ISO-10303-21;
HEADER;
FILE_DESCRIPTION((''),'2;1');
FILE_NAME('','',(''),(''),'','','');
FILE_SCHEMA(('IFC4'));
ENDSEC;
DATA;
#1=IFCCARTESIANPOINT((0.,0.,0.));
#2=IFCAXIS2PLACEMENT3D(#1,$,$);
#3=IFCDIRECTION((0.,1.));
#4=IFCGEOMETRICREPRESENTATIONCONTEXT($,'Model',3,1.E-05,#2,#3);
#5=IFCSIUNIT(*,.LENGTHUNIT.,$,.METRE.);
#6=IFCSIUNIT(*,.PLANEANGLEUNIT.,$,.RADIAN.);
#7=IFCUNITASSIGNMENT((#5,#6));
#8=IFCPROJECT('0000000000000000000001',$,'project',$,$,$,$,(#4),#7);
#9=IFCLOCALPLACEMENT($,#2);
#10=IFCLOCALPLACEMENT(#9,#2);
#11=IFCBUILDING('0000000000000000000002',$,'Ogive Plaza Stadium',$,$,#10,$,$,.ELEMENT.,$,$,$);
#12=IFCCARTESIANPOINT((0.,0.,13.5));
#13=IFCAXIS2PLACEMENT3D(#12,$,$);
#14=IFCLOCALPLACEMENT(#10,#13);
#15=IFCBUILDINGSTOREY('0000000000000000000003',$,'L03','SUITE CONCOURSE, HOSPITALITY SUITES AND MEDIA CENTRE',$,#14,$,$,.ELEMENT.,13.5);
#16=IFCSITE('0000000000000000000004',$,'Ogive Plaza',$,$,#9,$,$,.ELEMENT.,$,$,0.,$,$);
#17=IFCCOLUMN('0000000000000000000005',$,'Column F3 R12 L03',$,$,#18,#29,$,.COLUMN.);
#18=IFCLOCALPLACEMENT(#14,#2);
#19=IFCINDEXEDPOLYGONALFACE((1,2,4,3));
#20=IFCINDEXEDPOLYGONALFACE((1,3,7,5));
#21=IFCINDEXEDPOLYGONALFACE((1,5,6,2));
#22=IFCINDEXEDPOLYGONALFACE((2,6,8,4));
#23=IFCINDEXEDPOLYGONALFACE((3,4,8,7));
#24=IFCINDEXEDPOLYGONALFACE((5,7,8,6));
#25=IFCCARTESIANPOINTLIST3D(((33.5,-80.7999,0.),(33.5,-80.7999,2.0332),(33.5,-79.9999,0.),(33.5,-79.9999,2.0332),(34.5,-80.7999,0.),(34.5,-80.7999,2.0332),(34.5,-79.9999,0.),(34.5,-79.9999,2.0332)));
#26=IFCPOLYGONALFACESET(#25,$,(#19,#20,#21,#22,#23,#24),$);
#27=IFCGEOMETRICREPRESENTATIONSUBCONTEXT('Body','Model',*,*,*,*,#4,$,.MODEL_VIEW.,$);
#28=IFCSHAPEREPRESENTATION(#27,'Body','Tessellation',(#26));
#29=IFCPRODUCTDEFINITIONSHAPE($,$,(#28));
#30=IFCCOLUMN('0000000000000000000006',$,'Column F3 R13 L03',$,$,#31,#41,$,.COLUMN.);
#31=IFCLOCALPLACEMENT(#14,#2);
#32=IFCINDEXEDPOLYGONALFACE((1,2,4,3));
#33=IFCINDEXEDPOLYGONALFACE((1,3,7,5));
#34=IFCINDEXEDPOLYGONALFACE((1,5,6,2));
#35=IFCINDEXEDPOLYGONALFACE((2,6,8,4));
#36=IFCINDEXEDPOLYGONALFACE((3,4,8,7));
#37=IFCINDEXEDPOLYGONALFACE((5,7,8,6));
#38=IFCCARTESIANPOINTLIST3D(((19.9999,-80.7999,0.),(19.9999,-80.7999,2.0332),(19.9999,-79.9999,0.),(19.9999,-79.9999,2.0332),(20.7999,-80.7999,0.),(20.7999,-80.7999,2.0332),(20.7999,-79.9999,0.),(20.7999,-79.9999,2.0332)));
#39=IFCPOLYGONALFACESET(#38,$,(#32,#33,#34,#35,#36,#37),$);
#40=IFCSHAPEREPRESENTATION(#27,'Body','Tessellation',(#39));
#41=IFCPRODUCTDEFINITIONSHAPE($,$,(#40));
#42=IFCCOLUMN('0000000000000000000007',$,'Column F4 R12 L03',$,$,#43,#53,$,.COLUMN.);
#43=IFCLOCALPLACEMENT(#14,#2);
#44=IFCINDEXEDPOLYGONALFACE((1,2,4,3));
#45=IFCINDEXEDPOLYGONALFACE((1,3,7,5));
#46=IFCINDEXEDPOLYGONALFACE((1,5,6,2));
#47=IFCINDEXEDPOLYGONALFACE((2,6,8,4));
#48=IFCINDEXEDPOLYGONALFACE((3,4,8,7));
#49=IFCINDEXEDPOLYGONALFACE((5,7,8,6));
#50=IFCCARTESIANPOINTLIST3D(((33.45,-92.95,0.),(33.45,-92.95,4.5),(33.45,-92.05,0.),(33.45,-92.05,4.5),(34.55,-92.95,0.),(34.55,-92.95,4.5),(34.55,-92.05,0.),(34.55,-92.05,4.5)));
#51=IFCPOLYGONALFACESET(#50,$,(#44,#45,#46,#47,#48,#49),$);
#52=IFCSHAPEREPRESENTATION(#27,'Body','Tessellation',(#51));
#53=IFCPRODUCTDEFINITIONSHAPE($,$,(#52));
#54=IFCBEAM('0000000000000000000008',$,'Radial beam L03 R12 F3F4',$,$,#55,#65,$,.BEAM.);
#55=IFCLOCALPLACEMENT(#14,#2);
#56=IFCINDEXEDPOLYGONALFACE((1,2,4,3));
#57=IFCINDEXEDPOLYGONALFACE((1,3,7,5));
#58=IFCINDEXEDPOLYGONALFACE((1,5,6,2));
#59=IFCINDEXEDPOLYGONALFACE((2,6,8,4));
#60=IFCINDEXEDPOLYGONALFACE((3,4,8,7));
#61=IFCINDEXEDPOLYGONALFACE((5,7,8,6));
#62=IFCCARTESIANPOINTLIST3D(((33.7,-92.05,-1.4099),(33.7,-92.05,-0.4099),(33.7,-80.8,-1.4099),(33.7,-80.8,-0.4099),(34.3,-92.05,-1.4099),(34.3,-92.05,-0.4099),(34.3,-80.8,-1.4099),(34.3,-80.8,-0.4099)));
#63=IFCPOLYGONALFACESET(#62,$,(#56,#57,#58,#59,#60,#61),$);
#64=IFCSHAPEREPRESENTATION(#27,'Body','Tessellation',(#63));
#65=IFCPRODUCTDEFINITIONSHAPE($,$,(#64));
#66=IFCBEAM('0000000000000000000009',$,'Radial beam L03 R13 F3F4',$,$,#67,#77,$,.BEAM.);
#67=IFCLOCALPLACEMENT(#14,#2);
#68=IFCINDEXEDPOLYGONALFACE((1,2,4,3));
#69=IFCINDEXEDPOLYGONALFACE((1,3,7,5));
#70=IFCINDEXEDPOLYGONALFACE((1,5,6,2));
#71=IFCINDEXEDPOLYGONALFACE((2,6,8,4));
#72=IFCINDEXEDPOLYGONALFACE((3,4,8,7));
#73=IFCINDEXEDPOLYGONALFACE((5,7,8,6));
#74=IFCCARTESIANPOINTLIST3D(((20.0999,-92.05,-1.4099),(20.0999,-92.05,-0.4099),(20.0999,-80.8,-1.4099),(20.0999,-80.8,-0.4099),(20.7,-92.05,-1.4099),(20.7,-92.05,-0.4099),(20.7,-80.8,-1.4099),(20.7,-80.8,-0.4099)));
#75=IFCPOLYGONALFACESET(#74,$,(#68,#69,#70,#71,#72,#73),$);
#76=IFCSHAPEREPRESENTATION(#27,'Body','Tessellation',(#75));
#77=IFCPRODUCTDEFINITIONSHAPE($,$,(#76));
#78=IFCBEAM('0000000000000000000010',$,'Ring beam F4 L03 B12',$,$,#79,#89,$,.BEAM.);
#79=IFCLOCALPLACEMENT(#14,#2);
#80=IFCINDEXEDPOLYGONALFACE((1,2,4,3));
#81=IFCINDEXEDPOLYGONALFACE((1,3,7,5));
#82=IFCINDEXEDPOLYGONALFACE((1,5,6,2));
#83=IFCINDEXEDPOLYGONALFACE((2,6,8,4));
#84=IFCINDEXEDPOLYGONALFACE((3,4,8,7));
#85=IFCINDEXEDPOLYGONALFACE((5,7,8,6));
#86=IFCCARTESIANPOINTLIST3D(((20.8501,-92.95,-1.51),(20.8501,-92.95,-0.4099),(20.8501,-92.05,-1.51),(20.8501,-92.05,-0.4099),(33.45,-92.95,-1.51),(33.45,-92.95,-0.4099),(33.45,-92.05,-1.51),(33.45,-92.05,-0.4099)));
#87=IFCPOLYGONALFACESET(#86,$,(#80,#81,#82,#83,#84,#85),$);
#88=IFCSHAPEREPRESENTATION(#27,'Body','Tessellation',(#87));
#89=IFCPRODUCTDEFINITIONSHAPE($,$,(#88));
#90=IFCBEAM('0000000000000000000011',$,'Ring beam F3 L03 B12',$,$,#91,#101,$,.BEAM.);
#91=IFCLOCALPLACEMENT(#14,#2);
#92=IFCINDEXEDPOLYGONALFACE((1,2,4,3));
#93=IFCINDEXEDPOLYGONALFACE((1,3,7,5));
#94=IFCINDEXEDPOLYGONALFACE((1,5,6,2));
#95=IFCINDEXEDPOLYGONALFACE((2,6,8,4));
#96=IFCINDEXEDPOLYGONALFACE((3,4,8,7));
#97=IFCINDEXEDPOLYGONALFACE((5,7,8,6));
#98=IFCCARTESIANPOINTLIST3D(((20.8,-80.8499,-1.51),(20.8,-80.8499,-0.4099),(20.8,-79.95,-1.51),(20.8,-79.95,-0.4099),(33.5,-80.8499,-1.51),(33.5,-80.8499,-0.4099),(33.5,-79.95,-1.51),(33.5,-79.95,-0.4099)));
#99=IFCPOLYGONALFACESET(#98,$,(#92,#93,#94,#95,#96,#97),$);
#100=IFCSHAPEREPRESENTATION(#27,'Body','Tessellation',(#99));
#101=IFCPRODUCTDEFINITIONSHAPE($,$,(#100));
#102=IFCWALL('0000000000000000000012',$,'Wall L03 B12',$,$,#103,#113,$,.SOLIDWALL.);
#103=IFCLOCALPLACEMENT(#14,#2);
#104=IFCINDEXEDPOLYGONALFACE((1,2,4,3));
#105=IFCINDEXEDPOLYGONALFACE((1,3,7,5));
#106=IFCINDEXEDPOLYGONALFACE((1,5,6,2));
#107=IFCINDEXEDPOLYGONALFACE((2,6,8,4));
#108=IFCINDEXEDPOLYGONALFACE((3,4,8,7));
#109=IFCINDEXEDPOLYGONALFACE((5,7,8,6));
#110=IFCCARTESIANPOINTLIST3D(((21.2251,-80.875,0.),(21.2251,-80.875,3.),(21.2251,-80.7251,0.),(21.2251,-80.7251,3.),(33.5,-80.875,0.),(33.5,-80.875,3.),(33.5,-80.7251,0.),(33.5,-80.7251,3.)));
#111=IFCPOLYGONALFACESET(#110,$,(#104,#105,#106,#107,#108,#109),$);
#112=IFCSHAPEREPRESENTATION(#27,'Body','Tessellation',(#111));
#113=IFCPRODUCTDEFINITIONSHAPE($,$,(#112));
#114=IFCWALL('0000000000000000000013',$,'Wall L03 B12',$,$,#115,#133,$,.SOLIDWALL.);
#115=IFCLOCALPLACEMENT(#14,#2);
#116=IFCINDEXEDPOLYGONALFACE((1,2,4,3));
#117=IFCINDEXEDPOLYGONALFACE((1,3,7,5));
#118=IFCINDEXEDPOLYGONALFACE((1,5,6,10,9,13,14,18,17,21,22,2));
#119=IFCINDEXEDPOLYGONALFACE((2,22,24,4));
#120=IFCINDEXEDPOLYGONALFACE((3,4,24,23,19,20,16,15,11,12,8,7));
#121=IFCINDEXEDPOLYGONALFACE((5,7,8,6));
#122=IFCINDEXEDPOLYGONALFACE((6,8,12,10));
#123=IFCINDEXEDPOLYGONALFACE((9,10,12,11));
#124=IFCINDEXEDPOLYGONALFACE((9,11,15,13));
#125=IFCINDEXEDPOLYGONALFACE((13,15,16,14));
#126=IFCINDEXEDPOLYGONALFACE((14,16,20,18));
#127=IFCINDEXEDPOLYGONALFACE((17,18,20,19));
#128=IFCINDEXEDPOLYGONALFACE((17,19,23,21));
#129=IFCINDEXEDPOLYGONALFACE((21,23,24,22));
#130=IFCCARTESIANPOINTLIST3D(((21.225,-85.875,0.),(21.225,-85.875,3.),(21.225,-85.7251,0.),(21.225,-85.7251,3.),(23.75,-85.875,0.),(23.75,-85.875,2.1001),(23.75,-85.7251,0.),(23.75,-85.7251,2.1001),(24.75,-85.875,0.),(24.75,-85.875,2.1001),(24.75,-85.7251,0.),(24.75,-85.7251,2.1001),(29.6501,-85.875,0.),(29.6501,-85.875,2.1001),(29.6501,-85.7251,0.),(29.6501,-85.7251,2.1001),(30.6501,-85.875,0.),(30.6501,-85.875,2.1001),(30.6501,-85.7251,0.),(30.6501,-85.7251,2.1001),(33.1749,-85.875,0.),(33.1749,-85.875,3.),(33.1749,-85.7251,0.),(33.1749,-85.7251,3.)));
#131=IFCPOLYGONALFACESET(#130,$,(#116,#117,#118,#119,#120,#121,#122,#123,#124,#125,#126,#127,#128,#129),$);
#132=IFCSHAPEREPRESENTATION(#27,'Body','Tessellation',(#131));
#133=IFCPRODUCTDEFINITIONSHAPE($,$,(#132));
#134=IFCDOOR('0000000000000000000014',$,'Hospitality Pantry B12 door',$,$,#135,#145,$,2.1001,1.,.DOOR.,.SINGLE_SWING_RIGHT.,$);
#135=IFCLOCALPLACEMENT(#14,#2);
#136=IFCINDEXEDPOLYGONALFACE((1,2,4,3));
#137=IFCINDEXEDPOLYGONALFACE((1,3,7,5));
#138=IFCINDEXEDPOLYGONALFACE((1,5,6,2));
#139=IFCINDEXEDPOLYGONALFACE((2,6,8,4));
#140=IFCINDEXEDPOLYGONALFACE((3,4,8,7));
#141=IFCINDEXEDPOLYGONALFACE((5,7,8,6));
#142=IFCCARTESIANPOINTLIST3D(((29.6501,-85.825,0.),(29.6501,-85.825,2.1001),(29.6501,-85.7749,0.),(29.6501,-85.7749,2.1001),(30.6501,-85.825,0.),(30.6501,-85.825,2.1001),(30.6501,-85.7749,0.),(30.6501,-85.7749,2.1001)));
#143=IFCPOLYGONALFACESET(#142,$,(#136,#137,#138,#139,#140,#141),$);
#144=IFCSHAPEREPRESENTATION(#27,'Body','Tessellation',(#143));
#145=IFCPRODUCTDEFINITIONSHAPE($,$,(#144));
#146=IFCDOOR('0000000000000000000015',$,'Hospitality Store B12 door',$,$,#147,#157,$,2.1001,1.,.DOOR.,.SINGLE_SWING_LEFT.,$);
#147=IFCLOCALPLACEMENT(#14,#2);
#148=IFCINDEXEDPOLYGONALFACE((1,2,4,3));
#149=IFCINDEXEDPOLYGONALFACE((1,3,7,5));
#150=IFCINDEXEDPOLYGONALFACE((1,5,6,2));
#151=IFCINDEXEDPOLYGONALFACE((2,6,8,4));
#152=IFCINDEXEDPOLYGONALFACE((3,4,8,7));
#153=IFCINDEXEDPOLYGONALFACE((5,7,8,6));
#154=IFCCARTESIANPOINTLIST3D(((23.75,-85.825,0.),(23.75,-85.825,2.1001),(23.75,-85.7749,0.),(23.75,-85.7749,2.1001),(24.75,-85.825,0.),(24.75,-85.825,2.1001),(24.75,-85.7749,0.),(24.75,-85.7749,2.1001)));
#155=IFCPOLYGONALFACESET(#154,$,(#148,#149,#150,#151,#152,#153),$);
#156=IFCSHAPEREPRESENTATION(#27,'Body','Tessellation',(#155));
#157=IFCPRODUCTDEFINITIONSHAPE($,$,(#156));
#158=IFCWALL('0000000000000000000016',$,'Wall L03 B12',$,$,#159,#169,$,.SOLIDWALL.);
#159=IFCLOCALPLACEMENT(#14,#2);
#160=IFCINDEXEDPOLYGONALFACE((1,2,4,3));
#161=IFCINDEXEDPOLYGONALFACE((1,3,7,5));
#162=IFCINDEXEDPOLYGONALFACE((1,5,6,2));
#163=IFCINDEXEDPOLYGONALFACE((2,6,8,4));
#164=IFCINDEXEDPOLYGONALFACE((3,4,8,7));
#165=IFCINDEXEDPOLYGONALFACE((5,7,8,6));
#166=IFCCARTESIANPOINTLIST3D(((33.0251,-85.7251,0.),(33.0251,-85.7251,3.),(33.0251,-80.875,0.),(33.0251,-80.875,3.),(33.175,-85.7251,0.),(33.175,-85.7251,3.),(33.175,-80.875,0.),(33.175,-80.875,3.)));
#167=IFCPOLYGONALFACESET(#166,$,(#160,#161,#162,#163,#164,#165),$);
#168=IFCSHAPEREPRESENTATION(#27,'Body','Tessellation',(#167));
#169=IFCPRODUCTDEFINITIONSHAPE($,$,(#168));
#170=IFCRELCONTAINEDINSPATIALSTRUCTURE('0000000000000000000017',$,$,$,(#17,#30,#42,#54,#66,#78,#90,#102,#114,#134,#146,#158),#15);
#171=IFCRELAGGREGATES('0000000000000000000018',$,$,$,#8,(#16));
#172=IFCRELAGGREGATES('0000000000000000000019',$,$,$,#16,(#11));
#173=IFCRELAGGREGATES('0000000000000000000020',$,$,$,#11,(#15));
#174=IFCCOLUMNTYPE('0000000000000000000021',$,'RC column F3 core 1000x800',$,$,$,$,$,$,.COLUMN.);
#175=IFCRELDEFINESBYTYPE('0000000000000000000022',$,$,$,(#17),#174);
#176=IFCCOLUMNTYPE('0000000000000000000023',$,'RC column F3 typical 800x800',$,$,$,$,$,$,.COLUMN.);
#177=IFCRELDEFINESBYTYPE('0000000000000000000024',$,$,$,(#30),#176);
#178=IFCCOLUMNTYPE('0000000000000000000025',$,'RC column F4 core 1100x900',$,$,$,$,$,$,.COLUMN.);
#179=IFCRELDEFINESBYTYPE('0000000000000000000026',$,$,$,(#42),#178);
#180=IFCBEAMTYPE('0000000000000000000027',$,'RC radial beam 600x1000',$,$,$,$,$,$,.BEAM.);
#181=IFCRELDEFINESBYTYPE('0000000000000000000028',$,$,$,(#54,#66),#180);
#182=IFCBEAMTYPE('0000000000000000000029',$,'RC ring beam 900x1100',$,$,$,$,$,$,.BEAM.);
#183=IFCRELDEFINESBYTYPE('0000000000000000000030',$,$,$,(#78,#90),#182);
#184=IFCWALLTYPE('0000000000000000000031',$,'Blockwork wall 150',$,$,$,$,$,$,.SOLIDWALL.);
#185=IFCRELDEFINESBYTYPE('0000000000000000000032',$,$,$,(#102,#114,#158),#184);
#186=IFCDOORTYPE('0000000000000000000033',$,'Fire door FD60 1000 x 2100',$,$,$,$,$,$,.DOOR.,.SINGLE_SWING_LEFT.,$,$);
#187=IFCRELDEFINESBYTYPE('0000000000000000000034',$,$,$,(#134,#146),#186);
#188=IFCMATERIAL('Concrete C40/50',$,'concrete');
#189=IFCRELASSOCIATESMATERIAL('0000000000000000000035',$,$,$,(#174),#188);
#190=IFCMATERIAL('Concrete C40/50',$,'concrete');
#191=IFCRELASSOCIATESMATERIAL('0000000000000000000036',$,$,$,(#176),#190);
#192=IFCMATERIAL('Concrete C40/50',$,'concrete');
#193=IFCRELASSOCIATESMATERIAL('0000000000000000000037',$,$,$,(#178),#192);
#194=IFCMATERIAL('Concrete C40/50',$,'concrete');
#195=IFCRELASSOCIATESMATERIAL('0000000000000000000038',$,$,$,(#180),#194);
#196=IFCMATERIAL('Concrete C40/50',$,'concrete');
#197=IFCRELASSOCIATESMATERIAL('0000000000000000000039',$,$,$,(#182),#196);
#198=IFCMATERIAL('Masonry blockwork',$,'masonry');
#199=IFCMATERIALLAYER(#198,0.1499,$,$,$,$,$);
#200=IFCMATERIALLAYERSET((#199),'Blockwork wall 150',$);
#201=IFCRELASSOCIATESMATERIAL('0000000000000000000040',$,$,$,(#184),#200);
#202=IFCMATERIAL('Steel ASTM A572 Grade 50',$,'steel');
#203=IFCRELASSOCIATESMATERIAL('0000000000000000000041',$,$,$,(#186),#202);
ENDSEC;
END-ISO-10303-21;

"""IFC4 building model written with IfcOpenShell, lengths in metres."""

from ifc_helpers import new_model, si_unit, direction, frame, frame_2d, origin, origin_2d, place, context, subcontext, project, spatial, rectangle, extrude, material, layer, layer_set, material_profile, profile_set, type_object, element, fill, save


model = new_model("IFC4")

# Units and contexts
model_context = context("Model", 3, precision=1e-05, world=origin(), true_north=direction((0.0, 1.0)))
body_context = subcontext(model_context, "Body", "Model", "MODEL_VIEW")
ifc_project = project(units=[si_unit("LENGTHUNIT", "METRE"), si_unit("PLANEANGLEUNIT", "RADIAN")], contexts=[model_context])

# Site, building, storey
site_placement = place(None, origin())
site = spatial("IfcSite", under=ifc_project, at=site_placement, Name="Ogive Plaza", CompositionType="ELEMENT", RefElevation=0.0)
building_placement = place(site_placement, origin())
building = spatial("IfcBuilding", under=site, at=building_placement, Name="Ogive Plaza Stadium", CompositionType="ELEMENT")
storey_placement = place(building_placement, frame((0.0, 0.0, 13.5)))
storey = spatial("IfcBuildingStorey", under=building, at=storey_placement, Name="L03", Description="SUITE CONCOURSE, HOSPITALITY SUITES AND MEDIA CENTRE", CompositionType="ELEMENT", Elevation=13.5)

# Columns
ifc_material_1 = material(Name="Concrete C40/50", Category="concrete")
ifc_material_profile_1 = material_profile(ifc_material_1, rectangle(XDim=1.0, YDim=0.8, at=origin_2d()), Name="RC 1000x800")
ifc_profile_set_1 = profile_set([ifc_material_profile_1], Name="Concrete C40/50")
column_type_1 = type_object("IfcColumnType", Name="RC column F3 core 1000x800", PredefinedType="COLUMN", material=ifc_profile_set_1)
column_1_placement = place(storey_placement, frame((34.0, -80.3999, 0.0), z_axis=(0.0, 0.0, 1.0), x_axis=(1.0, 0.0, 0.0)))
element("IfcColumn", 1, at=column_1_placement, inside=storey, type_object=column_type_1, Name="Column F3 R12 L03", PredefinedType="COLUMN", context=body_context, shape_type="SweptSolid", body=[
    extrude(rectangle(XDim=1.0, YDim=0.8, at=origin_2d()), origin(), (0.0, 0.0, 1.0), 2.0332),
])
ifc_material_2 = material(Name="Concrete C40/50", Category="concrete")
ifc_material_profile_2 = material_profile(ifc_material_2, rectangle(XDim=0.8, YDim=0.8, at=origin_2d()), Name="RC 800x800")
ifc_profile_set_2 = profile_set([ifc_material_profile_2], Name="Concrete C40/50")
column_type_2 = type_object("IfcColumnType", Name="RC column F3 typical 800x800", PredefinedType="COLUMN", material=ifc_profile_set_2)
column_2_placement = place(storey_placement, frame((20.3999, -80.3999, 0.0), z_axis=(0.0, 0.0, 1.0), x_axis=(1.0, 0.0, 0.0)))
element("IfcColumn", 2, at=column_2_placement, inside=storey, type_object=column_type_2, Name="Column F3 R13 L03", PredefinedType="COLUMN", context=body_context, shape_type="SweptSolid", body=[
    extrude(rectangle(XDim=0.8, YDim=0.8, at=origin_2d()), origin(), (0.0, 0.0, 1.0), 2.0332),
])
ifc_material_3 = material(Name="Concrete C40/50", Category="concrete")
ifc_material_profile_3 = material_profile(ifc_material_3, rectangle(XDim=1.1001, YDim=0.8999, at=origin_2d()), Name="RC 1100x900")
ifc_profile_set_3 = profile_set([ifc_material_profile_3], Name="Concrete C40/50")
column_type_3 = type_object("IfcColumnType", Name="RC column F4 core 1100x900", PredefinedType="COLUMN", material=ifc_profile_set_3)
column_3_placement = place(storey_placement, frame((34.0, -92.5, 0.0), z_axis=(0.0, 0.0, 1.0), x_axis=(1.0, 0.0, 0.0)))
element("IfcColumn", 3, at=column_3_placement, inside=storey, type_object=column_type_3, Name="Column F4 R12 L03", PredefinedType="COLUMN", context=body_context, shape_type="SweptSolid", body=[
    extrude(rectangle(XDim=1.1001, YDim=0.8999, at=origin_2d()), origin(), (0.0, 0.0, 1.0), 4.5),
])

# Beams
ifc_material_4 = material(Name="Concrete C40/50", Category="concrete")
ifc_material_profile_4 = material_profile(ifc_material_4, rectangle(XDim=0.6001, YDim=1.0, at=origin_2d()), Name="RC 600x1000")
ifc_profile_set_4 = profile_set([ifc_material_profile_4], Name="Concrete C40/50")
beam_type_1 = type_object("IfcBeamType", Name="RC radial beam 600x1000", PredefinedType="BEAM", material=ifc_profile_set_4)
for number, where, z_axis, x_axis, name in (
    (4, (34.0, -80.8, -0.9099), (0.0, -1.0, 0.0), (1.0, 0.0, 0.0), "Radial beam L03 R12 F3F4"),
    (5, (20.3999, -80.8, -0.9099), (0.0, -1.0, 0.0), (1.0, 0.0, 0.0), "Radial beam L03 R13 F3F4"),
):
    element("IfcBeam", number, at=place(storey_placement, frame(where, z_axis=z_axis, x_axis=x_axis)), inside=storey, type_object=beam_type_1, Name=name, PredefinedType="BEAM", context=body_context, shape_type="SweptSolid", body=[
        extrude(rectangle(XDim=0.6001, YDim=1.0, at=origin_2d()), origin(), (0.0, 0.0, 1.0), 11.25),
    ])
ifc_material_5 = material(Name="Concrete C40/50", Category="concrete")
ifc_material_profile_5 = material_profile(ifc_material_5, rectangle(XDim=0.8999, YDim=1.1001, at=origin_2d()), Name="RC 900x1100")
ifc_profile_set_5 = profile_set([ifc_material_profile_5], Name="Concrete C40/50")
beam_type_2 = type_object("IfcBeamType", Name="RC ring beam 900x1100", PredefinedType="BEAM", material=ifc_profile_set_5)
beam_1_placement = place(storey_placement, frame((33.45, -92.5, -0.96), z_axis=(-1.0, 0.0, 0.0), x_axis=(0.0, -1.0, 0.0)))
element("IfcBeam", 6, at=beam_1_placement, inside=storey, type_object=beam_type_2, Name="Ring beam F4 L03 B12", PredefinedType="BEAM", context=body_context, shape_type="SweptSolid", body=[
    extrude(rectangle(XDim=0.8999, YDim=1.1001, at=origin_2d()), origin(), (0.0, 0.0, 1.0), 12.5999),
])
beam_2_placement = place(storey_placement, frame((33.5, -80.3999, -0.96), z_axis=(-1.0, 0.0, 0.0), x_axis=(0.0, -1.0, 0.0)))
element("IfcBeam", 7, at=beam_2_placement, inside=storey, type_object=beam_type_2, Name="Ring beam F3 L03 B12", PredefinedType="BEAM", context=body_context, shape_type="SweptSolid", body=[
    extrude(rectangle(XDim=0.8999, YDim=1.1001, at=origin_2d()), origin(), (0.0, 0.0, 1.0), 12.7),
])

# Wall
ifc_material_6 = material(Name="Masonry blockwork", Category="masonry")
ifc_layer_1 = layer(ifc_material_6, 0.1499)
ifc_layer_set_1 = layer_set([ifc_layer_1], Name="Blockwork wall 150")
wall_type_1 = type_object("IfcWallType", Name="Blockwork wall 150", PredefinedType="SOLIDWALL", material=ifc_layer_set_1)
wall_1_placement = place(storey_placement, frame((33.5, -80.8, 0.0), z_axis=(0.0, 0.0, 1.0), x_axis=(-1.0, 0.0, 0.0)))
element("IfcWall", 8, at=wall_1_placement, inside=storey, type_object=wall_type_1, Name="Wall L03 B12", PredefinedType="SOLIDWALL", context=body_context, shape_type="SweptSolid", body=[
    extrude(rectangle(XDim=12.2749, YDim=0.1499, at=frame_2d((6.1375, 0.0))), origin(), (0.0, 0.0, 1.0), 3.0),
])

# Wall, openings, doors
wall_2_placement = place(storey_placement, frame((33.175, -85.8, 0.0), z_axis=(0.0, 0.0, 1.0), x_axis=(-1.0, 0.0, 0.0)))
wall_2 = element("IfcWall", 9, at=wall_2_placement, inside=storey, type_object=wall_type_1, Name="Wall L03 B12", PredefinedType="SOLIDWALL", context=body_context, shape_type="SweptSolid", body=[
    extrude(rectangle(XDim=11.95, YDim=0.1499, at=frame_2d((5.9751, 0.0))), origin(), (0.0, 0.0, 1.0), 3.0),
])
opening_1_placement = place(wall_2_placement, frame((2.5249, 0.0, 0.0)))
opening_1 = element("IfcOpeningElement", 10, at=opening_1_placement, cuts=wall_2, PredefinedType="OPENING", context=body_context, shape_type="SweptSolid", body=[
    extrude(rectangle(XDim=1.0, YDim=2.1001, at=frame_2d((0.5, 1.05))), frame((0.0, 0.075, 0.0), z_axis=(0.0, -1.0, 0.0), x_axis=(1.0, 0.0, 0.0)), (0.0, 0.0, 1.0), 0.1499),
])
opening_2_placement = place(wall_2_placement, frame((8.425, 0.0, 0.0)))
opening_2 = element("IfcOpeningElement", 11, at=opening_2_placement, cuts=wall_2, PredefinedType="OPENING", context=body_context, shape_type="SweptSolid", body=[
    extrude(rectangle(XDim=1.0, YDim=2.1001, at=frame_2d((0.5, 1.05))), frame((0.0, 0.075, 0.0), z_axis=(0.0, -1.0, 0.0), x_axis=(1.0, 0.0, 0.0)), (0.0, 0.0, 1.0), 0.1499),
])
ifc_material_7 = material(Name="Steel ASTM A572 Grade 50", Category="steel")
door_type_1 = type_object("IfcDoorType", Name="Fire door FD60 1000 x 2100", OperationType="SINGLE_SWING_LEFT", PredefinedType="DOOR", material=ifc_material_7)
door_1_placement = place(opening_1_placement, origin())
door_1 = element("IfcDoor", 12, at=door_1_placement, inside=storey, type_object=door_type_1, Name="Hospitality Pantry B12 door", OperationType="SINGLE_SWING_RIGHT", OverallHeight=2.1001, OverallWidth=1.0, PredefinedType="DOOR", context=body_context, shape_type="SweptSolid", body=[
    extrude(rectangle(XDim=1.0, YDim=2.1001, at=frame_2d((0.5, 1.05))), frame((0.0, 0.0249, 0.0), z_axis=(0.0, -1.0, 0.0), x_axis=(1.0, 0.0, 0.0)), (0.0, 0.0, 1.0), 0.05),
])
fill(opening_1, door_1)
door_2_placement = place(opening_2_placement, origin())
door_2 = element("IfcDoor", 13, at=door_2_placement, inside=storey, type_object=door_type_1, Name="Hospitality Store B12 door", OperationType="SINGLE_SWING_LEFT", OverallHeight=2.1001, OverallWidth=1.0, PredefinedType="DOOR", context=body_context, shape_type="SweptSolid", body=[
    extrude(rectangle(XDim=1.0, YDim=2.1001, at=frame_2d((0.5, 1.05))), frame((0.0, 0.0249, 0.0), z_axis=(0.0, -1.0, 0.0), x_axis=(1.0, 0.0, 0.0)), (0.0, 0.0, 1.0), 0.05),
])
fill(opening_2, door_2)

# Wall
for number, where, z_axis, x_axis, name in (
    (14, (33.1001, -80.875, 0.0), (0.0, 0.0, 1.0), (0.0, -1.0, 0.0), "Wall L03 B12"),
):
    element("IfcWall", number, at=place(storey_placement, frame(where, z_axis=z_axis, x_axis=x_axis)), inside=storey, type_object=wall_type_1, Name=name, PredefinedType="SOLIDWALL", context=body_context, shape_type="SweptSolid", body=[
        extrude(rectangle(XDim=4.8501, YDim=0.1499, at=frame_2d((2.425, 0.0))), origin(), (0.0, 0.0, 1.0), 3.0),
    ])

save(model, "model.ifc")
